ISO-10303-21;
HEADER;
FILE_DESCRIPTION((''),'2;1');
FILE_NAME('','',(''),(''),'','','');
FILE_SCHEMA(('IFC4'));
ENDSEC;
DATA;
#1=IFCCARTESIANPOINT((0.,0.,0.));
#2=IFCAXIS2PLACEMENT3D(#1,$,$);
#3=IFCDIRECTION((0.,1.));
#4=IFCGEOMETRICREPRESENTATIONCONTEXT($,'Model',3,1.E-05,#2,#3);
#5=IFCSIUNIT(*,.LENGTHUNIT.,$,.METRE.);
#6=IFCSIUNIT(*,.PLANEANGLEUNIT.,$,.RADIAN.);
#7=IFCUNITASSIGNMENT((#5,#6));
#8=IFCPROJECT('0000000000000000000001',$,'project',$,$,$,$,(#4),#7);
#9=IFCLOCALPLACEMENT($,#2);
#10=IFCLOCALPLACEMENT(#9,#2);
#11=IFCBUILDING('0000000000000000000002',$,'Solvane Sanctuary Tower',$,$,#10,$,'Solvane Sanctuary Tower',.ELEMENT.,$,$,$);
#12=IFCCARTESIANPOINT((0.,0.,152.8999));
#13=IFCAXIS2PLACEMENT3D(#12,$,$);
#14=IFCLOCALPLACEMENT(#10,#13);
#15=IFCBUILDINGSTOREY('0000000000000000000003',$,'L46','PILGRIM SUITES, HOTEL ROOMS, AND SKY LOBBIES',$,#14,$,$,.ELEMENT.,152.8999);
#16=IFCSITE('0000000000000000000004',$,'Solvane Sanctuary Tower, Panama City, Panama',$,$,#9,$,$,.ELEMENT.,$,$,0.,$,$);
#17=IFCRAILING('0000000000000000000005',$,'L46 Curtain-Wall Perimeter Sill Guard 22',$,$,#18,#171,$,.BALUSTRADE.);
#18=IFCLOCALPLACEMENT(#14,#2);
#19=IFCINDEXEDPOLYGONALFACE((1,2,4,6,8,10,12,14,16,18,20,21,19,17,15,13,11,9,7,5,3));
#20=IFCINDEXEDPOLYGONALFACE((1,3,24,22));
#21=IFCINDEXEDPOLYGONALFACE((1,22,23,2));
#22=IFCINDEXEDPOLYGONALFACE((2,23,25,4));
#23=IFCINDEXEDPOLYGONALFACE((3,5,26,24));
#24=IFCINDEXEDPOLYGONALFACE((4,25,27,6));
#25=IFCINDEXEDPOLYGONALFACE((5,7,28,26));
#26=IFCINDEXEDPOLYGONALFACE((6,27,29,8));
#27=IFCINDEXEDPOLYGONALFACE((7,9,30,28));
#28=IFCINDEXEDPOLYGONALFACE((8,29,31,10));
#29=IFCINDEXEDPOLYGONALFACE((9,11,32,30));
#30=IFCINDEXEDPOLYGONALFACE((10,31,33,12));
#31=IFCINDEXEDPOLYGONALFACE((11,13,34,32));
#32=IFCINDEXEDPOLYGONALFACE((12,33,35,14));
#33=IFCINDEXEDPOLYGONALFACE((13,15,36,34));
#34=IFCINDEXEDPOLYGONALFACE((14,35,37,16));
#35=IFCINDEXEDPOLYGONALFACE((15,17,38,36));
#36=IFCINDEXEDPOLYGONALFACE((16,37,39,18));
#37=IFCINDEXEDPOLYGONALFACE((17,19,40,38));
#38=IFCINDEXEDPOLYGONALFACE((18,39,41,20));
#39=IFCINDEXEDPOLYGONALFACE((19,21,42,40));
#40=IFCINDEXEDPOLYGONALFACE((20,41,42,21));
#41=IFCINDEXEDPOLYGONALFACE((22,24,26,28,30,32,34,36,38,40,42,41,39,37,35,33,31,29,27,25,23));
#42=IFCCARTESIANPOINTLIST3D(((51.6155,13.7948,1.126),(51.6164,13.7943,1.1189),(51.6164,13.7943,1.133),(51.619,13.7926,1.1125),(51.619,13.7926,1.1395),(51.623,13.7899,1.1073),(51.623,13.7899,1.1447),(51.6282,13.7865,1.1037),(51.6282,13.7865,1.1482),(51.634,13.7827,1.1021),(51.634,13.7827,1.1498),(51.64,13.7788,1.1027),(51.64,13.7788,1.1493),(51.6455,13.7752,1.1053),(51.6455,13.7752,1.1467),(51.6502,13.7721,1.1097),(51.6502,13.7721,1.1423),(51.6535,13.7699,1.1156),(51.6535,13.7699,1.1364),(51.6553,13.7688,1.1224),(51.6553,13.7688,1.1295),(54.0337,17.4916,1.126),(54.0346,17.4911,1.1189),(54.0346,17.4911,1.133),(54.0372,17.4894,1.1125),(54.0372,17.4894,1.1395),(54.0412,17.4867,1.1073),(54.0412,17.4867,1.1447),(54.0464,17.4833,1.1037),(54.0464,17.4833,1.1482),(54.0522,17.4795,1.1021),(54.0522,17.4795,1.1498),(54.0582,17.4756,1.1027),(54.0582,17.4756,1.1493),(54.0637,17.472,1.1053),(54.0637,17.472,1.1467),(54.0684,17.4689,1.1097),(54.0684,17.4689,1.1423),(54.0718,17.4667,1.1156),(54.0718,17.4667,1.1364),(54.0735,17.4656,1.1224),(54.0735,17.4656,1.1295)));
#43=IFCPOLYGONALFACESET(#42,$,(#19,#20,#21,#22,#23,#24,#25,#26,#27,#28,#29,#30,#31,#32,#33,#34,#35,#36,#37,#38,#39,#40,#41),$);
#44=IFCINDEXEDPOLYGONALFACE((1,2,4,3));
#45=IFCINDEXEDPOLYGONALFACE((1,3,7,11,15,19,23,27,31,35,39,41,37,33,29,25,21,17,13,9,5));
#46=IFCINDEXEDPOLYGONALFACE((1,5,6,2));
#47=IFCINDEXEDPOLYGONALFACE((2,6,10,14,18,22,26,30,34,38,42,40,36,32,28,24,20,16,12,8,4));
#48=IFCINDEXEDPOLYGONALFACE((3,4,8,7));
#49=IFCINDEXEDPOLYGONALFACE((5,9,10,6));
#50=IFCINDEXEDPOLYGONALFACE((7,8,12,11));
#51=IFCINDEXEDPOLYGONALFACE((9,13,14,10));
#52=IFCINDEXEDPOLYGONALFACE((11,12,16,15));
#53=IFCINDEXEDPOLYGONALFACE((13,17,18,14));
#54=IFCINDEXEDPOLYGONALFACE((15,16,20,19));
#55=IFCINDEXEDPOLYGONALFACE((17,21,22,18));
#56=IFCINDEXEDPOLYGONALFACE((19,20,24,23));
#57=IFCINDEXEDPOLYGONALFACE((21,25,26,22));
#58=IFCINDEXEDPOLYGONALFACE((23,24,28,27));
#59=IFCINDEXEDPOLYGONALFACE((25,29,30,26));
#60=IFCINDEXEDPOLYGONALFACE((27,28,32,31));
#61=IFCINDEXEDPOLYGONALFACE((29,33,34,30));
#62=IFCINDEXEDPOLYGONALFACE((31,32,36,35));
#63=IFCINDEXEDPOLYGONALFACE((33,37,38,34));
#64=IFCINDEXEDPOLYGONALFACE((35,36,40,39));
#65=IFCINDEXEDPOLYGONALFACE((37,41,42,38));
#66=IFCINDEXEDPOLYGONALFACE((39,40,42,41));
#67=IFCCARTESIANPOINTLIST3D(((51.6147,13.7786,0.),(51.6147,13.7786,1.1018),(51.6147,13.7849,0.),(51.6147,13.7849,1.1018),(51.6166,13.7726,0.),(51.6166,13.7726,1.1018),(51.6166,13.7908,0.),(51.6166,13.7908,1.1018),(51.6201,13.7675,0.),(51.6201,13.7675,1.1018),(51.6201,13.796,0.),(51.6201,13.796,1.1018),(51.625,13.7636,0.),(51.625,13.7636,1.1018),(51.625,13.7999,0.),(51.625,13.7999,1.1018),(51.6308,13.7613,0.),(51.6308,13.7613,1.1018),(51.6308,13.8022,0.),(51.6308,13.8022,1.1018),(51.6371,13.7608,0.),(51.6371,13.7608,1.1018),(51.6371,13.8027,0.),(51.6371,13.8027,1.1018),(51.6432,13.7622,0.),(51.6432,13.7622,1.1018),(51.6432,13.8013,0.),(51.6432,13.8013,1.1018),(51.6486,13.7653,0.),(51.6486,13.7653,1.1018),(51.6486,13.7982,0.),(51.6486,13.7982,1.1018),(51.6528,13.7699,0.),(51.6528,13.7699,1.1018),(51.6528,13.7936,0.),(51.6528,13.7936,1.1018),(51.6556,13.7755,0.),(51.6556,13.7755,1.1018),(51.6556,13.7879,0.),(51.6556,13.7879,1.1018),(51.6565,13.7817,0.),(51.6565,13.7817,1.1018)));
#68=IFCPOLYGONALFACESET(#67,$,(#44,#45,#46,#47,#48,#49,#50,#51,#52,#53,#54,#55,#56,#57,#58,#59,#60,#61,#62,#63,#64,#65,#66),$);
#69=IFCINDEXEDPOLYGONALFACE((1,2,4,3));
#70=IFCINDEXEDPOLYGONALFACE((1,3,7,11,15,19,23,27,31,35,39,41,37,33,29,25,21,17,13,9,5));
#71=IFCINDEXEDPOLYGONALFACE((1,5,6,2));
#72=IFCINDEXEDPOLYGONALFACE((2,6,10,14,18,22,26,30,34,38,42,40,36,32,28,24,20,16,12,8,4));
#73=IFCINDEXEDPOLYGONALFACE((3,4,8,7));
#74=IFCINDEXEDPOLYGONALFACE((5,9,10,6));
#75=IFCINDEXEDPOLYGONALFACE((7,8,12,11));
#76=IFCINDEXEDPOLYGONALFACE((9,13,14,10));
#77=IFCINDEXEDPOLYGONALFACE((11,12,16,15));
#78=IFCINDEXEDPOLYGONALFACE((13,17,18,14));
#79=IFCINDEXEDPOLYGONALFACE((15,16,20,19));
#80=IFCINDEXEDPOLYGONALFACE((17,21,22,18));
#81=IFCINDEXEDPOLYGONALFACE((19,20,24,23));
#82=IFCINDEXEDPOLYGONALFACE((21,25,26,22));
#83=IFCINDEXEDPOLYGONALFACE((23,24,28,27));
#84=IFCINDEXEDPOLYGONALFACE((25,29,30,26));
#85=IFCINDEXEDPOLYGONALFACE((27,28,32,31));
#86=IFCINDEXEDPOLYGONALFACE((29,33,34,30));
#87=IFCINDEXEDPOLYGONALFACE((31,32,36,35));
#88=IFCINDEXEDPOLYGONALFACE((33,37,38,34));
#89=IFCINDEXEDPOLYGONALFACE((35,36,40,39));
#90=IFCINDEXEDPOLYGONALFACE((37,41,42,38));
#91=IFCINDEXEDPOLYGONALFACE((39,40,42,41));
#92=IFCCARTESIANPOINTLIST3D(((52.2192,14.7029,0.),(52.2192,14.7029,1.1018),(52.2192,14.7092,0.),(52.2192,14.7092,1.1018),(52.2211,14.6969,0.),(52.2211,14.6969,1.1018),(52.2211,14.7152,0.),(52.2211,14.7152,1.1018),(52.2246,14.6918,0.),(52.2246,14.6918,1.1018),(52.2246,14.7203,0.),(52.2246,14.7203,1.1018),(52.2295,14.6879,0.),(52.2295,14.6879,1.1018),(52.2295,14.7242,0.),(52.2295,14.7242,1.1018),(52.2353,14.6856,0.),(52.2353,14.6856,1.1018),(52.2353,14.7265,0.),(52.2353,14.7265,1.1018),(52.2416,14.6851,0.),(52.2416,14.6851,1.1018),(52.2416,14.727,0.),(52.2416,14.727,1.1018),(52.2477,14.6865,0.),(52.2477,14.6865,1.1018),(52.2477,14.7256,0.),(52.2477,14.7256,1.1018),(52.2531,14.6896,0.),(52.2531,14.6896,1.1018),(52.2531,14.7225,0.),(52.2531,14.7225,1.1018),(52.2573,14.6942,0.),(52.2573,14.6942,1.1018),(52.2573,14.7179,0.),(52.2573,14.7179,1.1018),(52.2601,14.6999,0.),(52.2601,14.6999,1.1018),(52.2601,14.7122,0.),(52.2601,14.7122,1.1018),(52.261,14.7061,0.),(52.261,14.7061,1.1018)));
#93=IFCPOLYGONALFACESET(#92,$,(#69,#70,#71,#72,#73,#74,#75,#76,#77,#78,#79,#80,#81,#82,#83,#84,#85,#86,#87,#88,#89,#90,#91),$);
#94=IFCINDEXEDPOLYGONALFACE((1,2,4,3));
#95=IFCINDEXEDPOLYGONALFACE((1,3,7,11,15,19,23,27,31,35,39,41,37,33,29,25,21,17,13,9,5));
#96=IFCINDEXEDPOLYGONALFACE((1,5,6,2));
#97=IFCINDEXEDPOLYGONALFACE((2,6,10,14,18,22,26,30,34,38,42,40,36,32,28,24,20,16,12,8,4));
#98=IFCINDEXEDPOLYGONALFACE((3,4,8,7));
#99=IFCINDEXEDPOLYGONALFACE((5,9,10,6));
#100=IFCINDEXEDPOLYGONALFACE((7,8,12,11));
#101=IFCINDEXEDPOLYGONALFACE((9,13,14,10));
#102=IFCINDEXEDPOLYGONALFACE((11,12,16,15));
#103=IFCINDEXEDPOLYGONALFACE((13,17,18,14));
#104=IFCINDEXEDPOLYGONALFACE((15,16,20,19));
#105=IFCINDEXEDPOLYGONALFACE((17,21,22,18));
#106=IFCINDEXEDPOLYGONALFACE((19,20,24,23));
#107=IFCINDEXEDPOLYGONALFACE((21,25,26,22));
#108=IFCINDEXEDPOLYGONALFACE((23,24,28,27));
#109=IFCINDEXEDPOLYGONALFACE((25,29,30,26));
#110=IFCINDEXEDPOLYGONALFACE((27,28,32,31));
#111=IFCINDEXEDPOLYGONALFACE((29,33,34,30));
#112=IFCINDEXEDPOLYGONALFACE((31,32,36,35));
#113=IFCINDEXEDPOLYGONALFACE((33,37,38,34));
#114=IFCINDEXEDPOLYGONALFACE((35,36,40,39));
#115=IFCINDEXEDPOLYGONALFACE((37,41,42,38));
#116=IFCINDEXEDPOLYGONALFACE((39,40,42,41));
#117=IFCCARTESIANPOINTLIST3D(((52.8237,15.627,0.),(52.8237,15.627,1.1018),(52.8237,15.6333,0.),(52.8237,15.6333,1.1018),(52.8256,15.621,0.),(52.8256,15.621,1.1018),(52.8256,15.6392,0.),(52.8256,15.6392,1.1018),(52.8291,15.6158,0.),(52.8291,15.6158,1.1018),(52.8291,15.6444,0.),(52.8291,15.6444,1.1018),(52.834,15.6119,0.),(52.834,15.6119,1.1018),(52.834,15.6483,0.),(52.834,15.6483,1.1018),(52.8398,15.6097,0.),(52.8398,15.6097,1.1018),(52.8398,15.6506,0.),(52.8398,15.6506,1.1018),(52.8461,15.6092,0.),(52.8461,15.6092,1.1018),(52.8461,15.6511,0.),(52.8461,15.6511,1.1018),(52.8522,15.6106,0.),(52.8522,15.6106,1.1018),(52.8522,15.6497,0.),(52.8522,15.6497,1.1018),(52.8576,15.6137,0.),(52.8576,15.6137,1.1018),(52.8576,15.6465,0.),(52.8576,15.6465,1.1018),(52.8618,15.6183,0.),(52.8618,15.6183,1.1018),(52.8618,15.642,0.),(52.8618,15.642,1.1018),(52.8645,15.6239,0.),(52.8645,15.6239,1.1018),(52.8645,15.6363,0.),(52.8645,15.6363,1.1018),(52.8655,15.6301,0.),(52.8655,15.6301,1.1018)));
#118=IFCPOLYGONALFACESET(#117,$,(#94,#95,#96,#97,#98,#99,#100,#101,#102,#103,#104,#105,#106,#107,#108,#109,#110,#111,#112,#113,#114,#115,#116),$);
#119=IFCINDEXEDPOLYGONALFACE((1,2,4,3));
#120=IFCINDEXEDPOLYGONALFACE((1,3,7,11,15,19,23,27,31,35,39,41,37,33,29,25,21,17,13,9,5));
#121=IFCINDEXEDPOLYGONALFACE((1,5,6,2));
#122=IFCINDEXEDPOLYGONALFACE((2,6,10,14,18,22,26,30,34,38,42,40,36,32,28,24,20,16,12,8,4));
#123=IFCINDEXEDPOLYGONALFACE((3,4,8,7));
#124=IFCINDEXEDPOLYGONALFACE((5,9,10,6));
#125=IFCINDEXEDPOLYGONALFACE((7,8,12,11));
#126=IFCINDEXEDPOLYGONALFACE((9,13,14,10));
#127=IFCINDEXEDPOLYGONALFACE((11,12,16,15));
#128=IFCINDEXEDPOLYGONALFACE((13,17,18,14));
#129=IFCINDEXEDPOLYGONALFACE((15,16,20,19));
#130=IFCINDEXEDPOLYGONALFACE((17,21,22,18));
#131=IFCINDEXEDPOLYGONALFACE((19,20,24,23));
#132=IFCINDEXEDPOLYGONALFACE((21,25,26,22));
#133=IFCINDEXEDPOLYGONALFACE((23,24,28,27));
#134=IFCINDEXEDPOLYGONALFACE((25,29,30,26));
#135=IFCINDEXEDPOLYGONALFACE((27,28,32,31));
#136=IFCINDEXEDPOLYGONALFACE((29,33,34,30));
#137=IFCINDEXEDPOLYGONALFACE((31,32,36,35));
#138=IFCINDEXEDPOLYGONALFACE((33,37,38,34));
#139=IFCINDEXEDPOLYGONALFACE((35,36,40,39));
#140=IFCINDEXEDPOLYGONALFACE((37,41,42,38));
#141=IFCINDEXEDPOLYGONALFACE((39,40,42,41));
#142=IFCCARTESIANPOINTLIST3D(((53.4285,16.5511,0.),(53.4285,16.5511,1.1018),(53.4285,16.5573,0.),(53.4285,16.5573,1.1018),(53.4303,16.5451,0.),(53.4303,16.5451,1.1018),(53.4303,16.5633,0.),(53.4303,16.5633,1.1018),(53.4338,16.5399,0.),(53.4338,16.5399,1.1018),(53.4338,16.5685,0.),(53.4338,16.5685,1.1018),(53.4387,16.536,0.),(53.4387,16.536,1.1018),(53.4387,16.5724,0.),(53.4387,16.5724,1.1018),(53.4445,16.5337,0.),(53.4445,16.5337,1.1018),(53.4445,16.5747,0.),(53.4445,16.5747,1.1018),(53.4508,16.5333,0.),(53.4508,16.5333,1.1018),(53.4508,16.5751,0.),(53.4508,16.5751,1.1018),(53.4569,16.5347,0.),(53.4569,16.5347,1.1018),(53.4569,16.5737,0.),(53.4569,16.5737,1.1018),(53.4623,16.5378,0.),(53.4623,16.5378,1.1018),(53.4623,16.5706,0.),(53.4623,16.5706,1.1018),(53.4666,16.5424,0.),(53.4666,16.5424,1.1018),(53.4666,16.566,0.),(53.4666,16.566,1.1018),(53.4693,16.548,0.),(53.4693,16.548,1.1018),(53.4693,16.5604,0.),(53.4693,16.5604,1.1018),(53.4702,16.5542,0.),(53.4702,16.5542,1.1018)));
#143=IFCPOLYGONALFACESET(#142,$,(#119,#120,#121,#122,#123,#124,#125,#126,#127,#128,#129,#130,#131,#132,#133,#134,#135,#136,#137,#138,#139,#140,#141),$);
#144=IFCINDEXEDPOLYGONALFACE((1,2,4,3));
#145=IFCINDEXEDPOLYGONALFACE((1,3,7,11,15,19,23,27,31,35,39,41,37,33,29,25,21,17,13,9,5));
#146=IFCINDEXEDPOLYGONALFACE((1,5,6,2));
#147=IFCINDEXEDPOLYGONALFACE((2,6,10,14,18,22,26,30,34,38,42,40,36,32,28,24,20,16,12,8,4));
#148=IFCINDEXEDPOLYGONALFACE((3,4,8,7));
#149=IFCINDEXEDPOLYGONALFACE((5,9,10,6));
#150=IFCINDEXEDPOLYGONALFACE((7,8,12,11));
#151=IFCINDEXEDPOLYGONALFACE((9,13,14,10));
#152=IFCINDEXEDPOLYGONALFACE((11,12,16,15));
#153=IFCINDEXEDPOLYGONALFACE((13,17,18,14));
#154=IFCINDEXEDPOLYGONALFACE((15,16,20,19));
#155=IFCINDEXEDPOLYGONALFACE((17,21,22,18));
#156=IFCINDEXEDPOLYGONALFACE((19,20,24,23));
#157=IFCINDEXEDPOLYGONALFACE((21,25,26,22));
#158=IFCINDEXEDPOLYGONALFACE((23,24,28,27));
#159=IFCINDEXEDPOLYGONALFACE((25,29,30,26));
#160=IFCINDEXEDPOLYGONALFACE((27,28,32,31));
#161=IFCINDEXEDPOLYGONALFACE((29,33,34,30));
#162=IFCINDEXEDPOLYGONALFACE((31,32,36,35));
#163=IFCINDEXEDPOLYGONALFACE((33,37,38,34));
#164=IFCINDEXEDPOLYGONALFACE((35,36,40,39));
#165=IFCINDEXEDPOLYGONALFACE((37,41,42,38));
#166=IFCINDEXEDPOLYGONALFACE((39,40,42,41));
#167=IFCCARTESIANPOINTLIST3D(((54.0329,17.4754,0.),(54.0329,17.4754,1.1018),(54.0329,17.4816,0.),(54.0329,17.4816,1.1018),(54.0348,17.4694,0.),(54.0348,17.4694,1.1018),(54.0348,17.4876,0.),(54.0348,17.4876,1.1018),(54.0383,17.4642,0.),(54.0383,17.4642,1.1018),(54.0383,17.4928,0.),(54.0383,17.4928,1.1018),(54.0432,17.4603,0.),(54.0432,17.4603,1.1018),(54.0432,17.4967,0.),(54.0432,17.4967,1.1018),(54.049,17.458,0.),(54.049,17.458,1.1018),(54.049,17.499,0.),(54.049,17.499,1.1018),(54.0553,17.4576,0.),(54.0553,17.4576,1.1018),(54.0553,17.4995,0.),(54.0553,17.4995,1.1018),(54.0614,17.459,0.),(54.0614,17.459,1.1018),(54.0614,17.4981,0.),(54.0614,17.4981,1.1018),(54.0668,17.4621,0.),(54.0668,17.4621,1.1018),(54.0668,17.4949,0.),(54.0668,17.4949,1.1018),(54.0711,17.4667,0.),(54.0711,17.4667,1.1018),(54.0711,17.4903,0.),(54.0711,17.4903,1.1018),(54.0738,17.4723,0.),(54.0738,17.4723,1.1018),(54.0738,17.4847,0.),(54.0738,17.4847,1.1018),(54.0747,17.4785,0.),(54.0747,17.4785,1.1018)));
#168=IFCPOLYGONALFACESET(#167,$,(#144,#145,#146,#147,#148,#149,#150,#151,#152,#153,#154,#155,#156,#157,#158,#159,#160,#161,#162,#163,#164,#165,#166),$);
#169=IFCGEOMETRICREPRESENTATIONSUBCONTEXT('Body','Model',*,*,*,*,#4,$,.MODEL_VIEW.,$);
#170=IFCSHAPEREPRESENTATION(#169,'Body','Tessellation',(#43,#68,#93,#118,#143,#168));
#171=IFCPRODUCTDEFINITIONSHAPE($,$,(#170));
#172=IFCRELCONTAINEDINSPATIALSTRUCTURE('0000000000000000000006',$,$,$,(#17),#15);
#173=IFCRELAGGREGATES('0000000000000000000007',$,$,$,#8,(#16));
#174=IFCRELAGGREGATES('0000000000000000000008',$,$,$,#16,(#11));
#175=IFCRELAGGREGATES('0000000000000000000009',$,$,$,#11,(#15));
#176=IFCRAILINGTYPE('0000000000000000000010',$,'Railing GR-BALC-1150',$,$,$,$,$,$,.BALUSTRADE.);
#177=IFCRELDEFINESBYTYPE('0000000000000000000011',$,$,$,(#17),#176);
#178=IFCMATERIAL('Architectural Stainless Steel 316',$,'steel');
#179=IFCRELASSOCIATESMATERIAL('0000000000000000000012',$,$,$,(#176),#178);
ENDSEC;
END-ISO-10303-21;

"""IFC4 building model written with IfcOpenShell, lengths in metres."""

from ifc_helpers import new_model, si_unit, direction, frame, origin, origin_2d, place, context, subcontext, project, spatial, circle, extrude, material, type_object, element, save


model = new_model("IFC4")

# Units and contexts
model_context = context("Model", 3, precision=1e-05, world=origin(), true_north=direction((0.0, 1.0)))
body_context = subcontext(model_context, "Body", "Model", "MODEL_VIEW")
ifc_project = project(units=[si_unit("LENGTHUNIT", "METRE"), si_unit("PLANEANGLEUNIT", "RADIAN")], contexts=[model_context])

# Site, building, storey
site_placement = place(None, origin())
site = spatial("IfcSite", under=ifc_project, at=site_placement, Name="Solvane Sanctuary Tower, Panama City, Panama", CompositionType="ELEMENT", RefElevation=0.0)
building_placement = place(site_placement, origin())
building = spatial("IfcBuilding", under=site, at=building_placement, Name="Solvane Sanctuary Tower", LongName="Solvane Sanctuary Tower", CompositionType="ELEMENT")
storey_placement = place(building_placement, frame((0.0, 0.0, 152.8999)))
storey = spatial("IfcBuildingStorey", under=building, at=storey_placement, Name="L46", Description="PILGRIM SUITES, HOTEL ROOMS, AND SKY LOBBIES", CompositionType="ELEMENT", Elevation=152.8999)

# Railing
ifc_material_1 = material(Name="Architectural Stainless Steel 316", Category="steel")
railing_type_1 = type_object("IfcRailingType", Name="Railing GR-BALC-1150", PredefinedType="BALUSTRADE", material=ifc_material_1)
railing_1_placement = place(storey_placement, frame((51.6355, 13.7817, 0.0)))
element("IfcRailing", 1, at=railing_1_placement, inside=storey, type_object=railing_type_1, Name="L46 Curtain-Wall Perimeter Sill Guard 22", PredefinedType="BALUSTRADE", context=body_context, shape_type="SweptSolid", body=[
    extrude(circle(Radius=0.0239, at=origin_2d()), frame((0.0, 0.0, 1.126), z_axis=(0.547422, 0.836857, 0.0), x_axis=(-0.836857, 0.547422, 0.0)), (0.0, 0.0, 1.0), 4.4175),
    extrude(circle(Radius=0.021, at=origin_2d()), origin(), (0.0, 0.0, 1.0), 1.1018),
    extrude(circle(Radius=0.021, at=origin_2d()), frame((0.6045, 0.9243, 0.0)), (0.0, 0.0, 1.0), 1.1018),
    extrude(circle(Radius=0.021, at=origin_2d()), frame((1.209, 1.8484, 0.0)), (0.0, 0.0, 1.0), 1.1018),
    extrude(circle(Radius=0.021, at=origin_2d()), frame((1.8137, 2.7725, 0.0)), (0.0, 0.0, 1.0), 1.1018),
    extrude(circle(Radius=0.021, at=origin_2d()), frame((2.4182, 3.6968, 0.0)), (0.0, 0.0, 1.0), 1.1018),
])

save(model, "model.ifc")
